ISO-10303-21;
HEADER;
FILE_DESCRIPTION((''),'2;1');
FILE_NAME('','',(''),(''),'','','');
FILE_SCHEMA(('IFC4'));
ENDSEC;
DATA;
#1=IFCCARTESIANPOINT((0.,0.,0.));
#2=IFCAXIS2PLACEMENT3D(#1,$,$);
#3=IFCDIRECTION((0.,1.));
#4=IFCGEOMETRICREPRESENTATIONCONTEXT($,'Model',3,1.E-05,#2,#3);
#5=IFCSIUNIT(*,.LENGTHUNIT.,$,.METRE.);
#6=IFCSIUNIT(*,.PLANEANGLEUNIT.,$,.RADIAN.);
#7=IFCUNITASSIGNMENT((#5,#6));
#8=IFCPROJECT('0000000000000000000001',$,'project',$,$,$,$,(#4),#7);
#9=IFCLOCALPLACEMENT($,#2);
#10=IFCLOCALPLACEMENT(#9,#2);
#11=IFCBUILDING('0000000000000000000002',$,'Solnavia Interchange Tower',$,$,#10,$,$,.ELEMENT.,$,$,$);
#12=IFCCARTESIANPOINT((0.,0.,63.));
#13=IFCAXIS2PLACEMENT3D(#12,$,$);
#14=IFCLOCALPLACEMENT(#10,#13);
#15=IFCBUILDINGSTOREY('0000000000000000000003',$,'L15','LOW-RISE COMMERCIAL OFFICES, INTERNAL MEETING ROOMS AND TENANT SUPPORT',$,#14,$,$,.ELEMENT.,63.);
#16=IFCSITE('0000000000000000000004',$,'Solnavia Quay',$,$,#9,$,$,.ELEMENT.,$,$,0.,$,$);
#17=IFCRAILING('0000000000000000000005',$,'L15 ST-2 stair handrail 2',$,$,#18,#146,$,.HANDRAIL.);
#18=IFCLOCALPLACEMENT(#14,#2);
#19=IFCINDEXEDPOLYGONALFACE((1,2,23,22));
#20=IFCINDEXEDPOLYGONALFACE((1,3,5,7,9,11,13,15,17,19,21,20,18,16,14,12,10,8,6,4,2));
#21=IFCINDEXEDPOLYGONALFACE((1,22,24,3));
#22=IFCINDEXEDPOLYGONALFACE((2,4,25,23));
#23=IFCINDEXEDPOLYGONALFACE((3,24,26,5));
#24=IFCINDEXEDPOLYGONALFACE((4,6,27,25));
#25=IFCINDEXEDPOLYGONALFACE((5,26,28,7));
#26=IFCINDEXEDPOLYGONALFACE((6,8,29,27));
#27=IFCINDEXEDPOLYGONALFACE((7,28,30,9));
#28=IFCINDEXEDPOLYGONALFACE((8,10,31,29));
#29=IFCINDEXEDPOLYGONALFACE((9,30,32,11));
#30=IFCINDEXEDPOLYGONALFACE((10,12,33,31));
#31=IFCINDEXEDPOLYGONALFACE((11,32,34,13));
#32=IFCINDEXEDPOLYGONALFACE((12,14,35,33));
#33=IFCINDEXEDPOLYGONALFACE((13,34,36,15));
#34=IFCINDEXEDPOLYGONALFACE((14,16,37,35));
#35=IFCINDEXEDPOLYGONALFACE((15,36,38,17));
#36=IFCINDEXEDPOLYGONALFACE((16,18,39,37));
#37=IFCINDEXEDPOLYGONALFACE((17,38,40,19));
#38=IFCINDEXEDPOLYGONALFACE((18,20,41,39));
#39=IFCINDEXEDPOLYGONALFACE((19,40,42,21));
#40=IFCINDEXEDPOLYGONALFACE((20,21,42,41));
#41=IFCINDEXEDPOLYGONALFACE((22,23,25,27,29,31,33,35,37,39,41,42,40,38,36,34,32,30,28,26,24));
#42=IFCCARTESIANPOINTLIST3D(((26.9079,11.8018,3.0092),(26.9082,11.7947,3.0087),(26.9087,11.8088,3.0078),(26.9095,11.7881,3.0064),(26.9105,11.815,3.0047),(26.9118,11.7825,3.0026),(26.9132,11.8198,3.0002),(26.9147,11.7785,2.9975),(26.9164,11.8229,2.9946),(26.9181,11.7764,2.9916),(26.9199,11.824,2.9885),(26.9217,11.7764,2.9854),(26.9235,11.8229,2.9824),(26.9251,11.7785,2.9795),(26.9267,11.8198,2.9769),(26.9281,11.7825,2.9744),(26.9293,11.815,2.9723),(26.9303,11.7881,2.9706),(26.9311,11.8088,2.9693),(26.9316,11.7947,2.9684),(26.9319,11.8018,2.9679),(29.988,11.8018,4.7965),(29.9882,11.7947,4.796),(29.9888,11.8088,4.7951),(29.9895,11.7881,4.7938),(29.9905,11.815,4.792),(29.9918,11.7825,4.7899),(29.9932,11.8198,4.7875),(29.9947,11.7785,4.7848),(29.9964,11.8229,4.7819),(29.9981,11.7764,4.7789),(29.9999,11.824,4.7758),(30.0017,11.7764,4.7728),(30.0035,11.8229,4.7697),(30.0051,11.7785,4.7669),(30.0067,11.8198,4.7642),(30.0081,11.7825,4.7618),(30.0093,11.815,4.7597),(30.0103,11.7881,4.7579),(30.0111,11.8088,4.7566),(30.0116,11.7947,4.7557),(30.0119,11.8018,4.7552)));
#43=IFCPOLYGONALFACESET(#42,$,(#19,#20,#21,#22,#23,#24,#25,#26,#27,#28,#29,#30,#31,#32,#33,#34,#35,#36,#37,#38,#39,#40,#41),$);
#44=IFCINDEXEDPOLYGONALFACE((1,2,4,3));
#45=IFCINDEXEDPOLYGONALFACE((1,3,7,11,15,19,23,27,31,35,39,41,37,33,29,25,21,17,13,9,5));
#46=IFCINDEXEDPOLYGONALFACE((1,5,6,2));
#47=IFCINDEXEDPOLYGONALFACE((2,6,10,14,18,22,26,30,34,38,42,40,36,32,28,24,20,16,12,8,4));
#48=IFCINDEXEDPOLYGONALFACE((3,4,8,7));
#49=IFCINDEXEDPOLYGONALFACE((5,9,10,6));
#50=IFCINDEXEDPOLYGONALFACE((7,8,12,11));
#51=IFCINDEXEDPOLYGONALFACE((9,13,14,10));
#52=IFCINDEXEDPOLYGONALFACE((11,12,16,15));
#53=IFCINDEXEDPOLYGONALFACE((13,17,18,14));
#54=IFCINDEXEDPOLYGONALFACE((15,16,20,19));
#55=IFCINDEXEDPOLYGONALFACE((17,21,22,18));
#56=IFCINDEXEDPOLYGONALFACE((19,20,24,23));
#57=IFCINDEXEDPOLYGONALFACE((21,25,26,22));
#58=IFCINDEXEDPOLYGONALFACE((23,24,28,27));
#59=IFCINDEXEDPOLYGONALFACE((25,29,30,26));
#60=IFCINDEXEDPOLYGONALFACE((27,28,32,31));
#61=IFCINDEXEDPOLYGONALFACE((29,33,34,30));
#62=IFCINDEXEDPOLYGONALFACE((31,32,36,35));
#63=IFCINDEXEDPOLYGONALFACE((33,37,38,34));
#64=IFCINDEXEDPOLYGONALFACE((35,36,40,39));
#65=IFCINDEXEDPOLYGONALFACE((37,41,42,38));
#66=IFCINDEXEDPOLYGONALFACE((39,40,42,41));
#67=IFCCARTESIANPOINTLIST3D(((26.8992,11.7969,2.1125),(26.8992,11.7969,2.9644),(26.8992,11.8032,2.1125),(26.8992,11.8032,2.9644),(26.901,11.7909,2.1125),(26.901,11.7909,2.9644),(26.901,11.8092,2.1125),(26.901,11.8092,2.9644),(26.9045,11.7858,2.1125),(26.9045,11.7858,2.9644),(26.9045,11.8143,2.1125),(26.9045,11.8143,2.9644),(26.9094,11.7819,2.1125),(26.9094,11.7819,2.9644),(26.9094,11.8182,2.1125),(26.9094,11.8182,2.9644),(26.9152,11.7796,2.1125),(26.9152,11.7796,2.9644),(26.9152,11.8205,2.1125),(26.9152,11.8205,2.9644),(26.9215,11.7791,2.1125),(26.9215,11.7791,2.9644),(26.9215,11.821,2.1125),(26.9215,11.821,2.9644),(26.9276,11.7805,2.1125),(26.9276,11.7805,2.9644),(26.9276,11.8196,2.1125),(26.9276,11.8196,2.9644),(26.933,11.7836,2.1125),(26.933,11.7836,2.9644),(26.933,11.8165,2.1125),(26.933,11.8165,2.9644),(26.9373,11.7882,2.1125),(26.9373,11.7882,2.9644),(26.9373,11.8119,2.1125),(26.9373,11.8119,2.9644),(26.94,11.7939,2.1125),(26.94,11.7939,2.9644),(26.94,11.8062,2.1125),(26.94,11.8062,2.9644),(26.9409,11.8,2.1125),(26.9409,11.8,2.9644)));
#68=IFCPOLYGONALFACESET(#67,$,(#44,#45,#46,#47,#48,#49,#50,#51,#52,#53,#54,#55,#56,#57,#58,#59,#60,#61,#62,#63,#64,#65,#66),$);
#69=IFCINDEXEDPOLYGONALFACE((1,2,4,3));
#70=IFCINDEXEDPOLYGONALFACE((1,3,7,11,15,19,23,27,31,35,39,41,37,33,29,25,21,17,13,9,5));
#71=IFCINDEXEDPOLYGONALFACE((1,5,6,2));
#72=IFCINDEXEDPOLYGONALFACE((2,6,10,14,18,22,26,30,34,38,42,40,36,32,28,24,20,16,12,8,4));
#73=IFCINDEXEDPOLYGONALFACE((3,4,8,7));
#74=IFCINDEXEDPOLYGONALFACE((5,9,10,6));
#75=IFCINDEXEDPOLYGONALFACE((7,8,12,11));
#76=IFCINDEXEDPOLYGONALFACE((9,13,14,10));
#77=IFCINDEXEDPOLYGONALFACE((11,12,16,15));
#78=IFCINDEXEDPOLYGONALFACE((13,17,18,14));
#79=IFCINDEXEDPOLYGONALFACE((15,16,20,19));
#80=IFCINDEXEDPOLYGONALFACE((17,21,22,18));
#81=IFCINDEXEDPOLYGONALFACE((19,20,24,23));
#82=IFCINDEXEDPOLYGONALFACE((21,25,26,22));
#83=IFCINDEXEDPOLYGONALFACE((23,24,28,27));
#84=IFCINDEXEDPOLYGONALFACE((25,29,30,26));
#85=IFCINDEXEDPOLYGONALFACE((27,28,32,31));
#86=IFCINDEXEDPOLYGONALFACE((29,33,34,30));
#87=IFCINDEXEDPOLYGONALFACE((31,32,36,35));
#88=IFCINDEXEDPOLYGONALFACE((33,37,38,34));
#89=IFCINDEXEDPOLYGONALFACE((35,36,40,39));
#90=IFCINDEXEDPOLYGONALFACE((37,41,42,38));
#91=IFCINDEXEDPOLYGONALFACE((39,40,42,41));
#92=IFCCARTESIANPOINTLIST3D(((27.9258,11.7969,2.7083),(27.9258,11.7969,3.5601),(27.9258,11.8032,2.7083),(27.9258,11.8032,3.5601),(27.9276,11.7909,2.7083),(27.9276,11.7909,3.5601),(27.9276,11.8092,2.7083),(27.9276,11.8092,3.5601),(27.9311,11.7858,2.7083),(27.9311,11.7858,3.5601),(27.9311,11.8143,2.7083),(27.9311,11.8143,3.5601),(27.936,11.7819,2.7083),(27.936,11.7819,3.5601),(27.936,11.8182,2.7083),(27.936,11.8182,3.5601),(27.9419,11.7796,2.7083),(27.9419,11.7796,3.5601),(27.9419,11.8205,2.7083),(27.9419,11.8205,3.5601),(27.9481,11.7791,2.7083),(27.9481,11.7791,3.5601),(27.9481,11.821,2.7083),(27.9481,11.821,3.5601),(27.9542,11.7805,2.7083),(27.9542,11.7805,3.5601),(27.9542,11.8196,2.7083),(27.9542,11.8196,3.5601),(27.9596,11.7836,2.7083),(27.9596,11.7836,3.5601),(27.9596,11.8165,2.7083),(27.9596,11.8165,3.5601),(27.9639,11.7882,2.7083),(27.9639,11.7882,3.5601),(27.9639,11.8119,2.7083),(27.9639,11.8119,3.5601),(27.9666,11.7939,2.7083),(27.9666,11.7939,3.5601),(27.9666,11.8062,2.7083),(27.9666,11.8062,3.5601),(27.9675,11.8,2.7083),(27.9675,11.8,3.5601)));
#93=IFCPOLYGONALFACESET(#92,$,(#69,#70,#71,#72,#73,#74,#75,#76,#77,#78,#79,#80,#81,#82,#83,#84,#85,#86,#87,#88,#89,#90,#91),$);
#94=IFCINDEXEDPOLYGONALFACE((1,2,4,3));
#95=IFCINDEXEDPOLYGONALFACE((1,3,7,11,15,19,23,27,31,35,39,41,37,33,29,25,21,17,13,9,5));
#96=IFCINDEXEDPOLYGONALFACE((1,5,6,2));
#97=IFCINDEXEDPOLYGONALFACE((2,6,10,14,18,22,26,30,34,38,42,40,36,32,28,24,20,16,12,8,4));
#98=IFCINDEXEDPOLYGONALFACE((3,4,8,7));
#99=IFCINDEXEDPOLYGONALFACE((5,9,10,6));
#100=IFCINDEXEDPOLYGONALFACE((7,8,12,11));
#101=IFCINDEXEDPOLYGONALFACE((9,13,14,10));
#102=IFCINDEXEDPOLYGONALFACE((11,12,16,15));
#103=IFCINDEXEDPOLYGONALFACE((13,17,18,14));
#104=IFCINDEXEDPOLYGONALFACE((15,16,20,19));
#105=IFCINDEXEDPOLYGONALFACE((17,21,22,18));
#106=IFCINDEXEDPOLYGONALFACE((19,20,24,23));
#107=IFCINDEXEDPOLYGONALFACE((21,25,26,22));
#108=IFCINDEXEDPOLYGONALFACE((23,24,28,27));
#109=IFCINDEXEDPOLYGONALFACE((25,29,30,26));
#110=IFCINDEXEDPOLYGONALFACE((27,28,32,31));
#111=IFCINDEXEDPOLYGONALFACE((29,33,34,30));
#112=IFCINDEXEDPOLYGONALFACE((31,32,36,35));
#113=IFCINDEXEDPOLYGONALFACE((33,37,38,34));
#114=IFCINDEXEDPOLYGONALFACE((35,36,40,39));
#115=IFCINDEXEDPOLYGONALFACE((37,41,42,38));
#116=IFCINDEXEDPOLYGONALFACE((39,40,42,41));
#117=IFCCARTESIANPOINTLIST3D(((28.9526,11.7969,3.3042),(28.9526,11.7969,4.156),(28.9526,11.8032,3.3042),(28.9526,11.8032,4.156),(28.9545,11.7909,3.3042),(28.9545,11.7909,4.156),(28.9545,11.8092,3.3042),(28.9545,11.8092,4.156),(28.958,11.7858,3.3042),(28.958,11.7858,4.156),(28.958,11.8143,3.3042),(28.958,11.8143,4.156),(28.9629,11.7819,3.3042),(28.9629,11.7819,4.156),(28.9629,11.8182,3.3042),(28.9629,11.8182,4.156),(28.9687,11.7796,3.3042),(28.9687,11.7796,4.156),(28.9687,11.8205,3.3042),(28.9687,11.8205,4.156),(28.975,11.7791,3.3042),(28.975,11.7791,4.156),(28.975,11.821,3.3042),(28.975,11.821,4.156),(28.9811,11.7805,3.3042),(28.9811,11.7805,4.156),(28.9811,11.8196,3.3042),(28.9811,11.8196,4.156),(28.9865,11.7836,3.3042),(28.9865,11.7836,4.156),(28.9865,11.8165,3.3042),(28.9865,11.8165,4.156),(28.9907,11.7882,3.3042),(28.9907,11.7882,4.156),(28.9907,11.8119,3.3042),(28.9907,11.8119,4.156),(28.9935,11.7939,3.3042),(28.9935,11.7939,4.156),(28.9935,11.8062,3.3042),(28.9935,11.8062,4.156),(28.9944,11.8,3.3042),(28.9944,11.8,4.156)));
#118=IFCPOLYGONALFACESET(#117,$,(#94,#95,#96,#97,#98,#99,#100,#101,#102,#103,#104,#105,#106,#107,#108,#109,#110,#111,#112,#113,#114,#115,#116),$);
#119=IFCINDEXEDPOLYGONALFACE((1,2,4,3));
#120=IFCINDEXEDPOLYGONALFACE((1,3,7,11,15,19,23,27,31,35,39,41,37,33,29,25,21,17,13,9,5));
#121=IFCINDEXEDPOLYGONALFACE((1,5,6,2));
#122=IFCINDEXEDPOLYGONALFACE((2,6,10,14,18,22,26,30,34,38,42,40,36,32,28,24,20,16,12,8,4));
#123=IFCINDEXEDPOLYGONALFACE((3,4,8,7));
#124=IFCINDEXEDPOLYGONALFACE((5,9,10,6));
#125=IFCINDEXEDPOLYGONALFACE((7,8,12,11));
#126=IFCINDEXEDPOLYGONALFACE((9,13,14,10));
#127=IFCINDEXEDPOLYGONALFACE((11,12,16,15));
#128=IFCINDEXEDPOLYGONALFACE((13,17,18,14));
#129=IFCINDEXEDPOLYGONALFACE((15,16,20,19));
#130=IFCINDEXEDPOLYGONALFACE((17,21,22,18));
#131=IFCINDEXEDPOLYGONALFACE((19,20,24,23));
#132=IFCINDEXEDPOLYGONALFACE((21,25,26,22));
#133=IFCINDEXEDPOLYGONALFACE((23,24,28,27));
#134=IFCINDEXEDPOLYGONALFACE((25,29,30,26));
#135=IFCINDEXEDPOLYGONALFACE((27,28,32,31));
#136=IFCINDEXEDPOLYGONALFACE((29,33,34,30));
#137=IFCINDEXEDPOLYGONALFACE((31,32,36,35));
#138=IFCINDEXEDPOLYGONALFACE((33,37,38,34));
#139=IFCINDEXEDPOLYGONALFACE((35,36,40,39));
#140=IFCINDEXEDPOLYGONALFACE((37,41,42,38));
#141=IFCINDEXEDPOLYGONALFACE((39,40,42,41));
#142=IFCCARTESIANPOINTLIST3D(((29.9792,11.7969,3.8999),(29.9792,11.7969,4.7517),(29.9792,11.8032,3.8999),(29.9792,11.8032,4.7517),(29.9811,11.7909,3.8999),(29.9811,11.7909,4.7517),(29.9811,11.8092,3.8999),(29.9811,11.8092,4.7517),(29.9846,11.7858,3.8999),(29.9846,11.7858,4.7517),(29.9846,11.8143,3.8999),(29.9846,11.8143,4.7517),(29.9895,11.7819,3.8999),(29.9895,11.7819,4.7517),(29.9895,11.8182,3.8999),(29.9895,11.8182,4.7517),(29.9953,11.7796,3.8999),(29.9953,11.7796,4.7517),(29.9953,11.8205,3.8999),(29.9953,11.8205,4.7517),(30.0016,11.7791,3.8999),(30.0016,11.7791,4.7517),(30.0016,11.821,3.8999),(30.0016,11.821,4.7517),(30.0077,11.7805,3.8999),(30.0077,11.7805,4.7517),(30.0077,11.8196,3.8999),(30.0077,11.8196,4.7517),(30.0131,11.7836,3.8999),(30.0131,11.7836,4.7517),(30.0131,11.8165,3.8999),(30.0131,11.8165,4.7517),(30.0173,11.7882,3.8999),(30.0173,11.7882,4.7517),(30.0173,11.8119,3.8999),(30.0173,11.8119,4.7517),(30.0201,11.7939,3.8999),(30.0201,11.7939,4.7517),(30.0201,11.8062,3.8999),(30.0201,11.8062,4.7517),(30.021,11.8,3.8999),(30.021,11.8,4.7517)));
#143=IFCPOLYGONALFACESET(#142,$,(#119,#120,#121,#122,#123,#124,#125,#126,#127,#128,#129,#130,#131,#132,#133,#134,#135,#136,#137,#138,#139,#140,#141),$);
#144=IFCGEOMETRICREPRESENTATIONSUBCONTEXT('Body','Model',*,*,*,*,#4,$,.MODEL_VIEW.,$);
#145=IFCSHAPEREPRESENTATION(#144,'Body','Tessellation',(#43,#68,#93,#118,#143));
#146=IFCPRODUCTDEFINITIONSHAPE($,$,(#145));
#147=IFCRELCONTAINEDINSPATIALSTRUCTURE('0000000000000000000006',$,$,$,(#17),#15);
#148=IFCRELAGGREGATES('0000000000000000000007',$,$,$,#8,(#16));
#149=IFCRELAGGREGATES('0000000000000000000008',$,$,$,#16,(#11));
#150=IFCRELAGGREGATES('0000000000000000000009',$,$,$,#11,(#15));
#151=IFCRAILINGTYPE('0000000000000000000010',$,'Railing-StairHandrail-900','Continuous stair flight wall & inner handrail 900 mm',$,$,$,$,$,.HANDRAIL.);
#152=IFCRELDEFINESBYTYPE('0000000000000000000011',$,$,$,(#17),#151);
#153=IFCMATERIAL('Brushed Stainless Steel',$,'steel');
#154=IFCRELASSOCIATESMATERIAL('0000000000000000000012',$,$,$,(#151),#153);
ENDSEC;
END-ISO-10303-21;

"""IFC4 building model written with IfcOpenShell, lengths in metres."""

from ifc_helpers import new_model, si_unit, direction, frame, origin, origin_2d, place, context, subcontext, project, spatial, circle, extrude, material, type_object, element, save


model = new_model("IFC4")

# Units and contexts
model_context = context("Model", 3, precision=1e-05, world=origin(), true_north=direction((0.0, 1.0)))
body_context = subcontext(model_context, "Body", "Model", "MODEL_VIEW")
ifc_project = project(units=[si_unit("LENGTHUNIT", "METRE"), si_unit("PLANEANGLEUNIT", "RADIAN")], contexts=[model_context])

# Site, building, storey
site_placement = place(None, origin())
site = spatial("IfcSite", under=ifc_project, at=site_placement, Name="Solnavia Quay", CompositionType="ELEMENT", RefElevation=0.0)
building_placement = place(site_placement, origin())
building = spatial("IfcBuilding", under=site, at=building_placement, Name="Solnavia Interchange Tower", CompositionType="ELEMENT")
storey_placement = place(building_placement, frame((0.0, 0.0, 63.0)))
storey = spatial("IfcBuildingStorey", under=building, at=storey_placement, Name="L15", Description="LOW-RISE COMMERCIAL OFFICES, INTERNAL MEETING ROOMS AND TENANT SUPPORT", CompositionType="ELEMENT", Elevation=63.0)

# Railing
ifc_material_1 = material(Name="Brushed Stainless Steel", Category="steel")
railing_type_1 = type_object("IfcRailingType", Name="Railing-StairHandrail-900", Description="Continuous stair flight wall & inner handrail 900 mm", PredefinedType="HANDRAIL", material=ifc_material_1)
railing_1_placement = place(storey_placement, frame((26.9199, 11.8, 2.1125)))
element("IfcRailing", 1, at=railing_1_placement, inside=storey, type_object=railing_type_1, Name="L15 ST-2 stair handrail 2", PredefinedType="HANDRAIL", context=body_context, shape_type="SweptSolid", body=[
    extrude(circle(Radius=0.0239, at=origin_2d()), frame((0.0, 0.0, 0.876), z_axis=(0.86492, 0.0, 0.501909), x_axis=(0.0, 1.0, 0.0)), (0.0, 0.0, 1.0), 3.561),
    extrude(circle(Radius=0.021, at=origin_2d()), origin(), (0.0, 0.0, 1.0), 0.8518),
    extrude(circle(Radius=0.021, at=origin_2d()), frame((1.0266, 0.0, 0.5957)), (0.0, 0.0, 1.0), 0.8518),
    extrude(circle(Radius=0.021, at=origin_2d()), frame((2.0535, 0.0, 1.1917)), (0.0, 0.0, 1.0), 0.8518),
    extrude(circle(Radius=0.021, at=origin_2d()), frame((3.0801, 0.0, 1.7874)), (0.0, 0.0, 1.0), 0.8518),
])

save(model, "model.ifc")
